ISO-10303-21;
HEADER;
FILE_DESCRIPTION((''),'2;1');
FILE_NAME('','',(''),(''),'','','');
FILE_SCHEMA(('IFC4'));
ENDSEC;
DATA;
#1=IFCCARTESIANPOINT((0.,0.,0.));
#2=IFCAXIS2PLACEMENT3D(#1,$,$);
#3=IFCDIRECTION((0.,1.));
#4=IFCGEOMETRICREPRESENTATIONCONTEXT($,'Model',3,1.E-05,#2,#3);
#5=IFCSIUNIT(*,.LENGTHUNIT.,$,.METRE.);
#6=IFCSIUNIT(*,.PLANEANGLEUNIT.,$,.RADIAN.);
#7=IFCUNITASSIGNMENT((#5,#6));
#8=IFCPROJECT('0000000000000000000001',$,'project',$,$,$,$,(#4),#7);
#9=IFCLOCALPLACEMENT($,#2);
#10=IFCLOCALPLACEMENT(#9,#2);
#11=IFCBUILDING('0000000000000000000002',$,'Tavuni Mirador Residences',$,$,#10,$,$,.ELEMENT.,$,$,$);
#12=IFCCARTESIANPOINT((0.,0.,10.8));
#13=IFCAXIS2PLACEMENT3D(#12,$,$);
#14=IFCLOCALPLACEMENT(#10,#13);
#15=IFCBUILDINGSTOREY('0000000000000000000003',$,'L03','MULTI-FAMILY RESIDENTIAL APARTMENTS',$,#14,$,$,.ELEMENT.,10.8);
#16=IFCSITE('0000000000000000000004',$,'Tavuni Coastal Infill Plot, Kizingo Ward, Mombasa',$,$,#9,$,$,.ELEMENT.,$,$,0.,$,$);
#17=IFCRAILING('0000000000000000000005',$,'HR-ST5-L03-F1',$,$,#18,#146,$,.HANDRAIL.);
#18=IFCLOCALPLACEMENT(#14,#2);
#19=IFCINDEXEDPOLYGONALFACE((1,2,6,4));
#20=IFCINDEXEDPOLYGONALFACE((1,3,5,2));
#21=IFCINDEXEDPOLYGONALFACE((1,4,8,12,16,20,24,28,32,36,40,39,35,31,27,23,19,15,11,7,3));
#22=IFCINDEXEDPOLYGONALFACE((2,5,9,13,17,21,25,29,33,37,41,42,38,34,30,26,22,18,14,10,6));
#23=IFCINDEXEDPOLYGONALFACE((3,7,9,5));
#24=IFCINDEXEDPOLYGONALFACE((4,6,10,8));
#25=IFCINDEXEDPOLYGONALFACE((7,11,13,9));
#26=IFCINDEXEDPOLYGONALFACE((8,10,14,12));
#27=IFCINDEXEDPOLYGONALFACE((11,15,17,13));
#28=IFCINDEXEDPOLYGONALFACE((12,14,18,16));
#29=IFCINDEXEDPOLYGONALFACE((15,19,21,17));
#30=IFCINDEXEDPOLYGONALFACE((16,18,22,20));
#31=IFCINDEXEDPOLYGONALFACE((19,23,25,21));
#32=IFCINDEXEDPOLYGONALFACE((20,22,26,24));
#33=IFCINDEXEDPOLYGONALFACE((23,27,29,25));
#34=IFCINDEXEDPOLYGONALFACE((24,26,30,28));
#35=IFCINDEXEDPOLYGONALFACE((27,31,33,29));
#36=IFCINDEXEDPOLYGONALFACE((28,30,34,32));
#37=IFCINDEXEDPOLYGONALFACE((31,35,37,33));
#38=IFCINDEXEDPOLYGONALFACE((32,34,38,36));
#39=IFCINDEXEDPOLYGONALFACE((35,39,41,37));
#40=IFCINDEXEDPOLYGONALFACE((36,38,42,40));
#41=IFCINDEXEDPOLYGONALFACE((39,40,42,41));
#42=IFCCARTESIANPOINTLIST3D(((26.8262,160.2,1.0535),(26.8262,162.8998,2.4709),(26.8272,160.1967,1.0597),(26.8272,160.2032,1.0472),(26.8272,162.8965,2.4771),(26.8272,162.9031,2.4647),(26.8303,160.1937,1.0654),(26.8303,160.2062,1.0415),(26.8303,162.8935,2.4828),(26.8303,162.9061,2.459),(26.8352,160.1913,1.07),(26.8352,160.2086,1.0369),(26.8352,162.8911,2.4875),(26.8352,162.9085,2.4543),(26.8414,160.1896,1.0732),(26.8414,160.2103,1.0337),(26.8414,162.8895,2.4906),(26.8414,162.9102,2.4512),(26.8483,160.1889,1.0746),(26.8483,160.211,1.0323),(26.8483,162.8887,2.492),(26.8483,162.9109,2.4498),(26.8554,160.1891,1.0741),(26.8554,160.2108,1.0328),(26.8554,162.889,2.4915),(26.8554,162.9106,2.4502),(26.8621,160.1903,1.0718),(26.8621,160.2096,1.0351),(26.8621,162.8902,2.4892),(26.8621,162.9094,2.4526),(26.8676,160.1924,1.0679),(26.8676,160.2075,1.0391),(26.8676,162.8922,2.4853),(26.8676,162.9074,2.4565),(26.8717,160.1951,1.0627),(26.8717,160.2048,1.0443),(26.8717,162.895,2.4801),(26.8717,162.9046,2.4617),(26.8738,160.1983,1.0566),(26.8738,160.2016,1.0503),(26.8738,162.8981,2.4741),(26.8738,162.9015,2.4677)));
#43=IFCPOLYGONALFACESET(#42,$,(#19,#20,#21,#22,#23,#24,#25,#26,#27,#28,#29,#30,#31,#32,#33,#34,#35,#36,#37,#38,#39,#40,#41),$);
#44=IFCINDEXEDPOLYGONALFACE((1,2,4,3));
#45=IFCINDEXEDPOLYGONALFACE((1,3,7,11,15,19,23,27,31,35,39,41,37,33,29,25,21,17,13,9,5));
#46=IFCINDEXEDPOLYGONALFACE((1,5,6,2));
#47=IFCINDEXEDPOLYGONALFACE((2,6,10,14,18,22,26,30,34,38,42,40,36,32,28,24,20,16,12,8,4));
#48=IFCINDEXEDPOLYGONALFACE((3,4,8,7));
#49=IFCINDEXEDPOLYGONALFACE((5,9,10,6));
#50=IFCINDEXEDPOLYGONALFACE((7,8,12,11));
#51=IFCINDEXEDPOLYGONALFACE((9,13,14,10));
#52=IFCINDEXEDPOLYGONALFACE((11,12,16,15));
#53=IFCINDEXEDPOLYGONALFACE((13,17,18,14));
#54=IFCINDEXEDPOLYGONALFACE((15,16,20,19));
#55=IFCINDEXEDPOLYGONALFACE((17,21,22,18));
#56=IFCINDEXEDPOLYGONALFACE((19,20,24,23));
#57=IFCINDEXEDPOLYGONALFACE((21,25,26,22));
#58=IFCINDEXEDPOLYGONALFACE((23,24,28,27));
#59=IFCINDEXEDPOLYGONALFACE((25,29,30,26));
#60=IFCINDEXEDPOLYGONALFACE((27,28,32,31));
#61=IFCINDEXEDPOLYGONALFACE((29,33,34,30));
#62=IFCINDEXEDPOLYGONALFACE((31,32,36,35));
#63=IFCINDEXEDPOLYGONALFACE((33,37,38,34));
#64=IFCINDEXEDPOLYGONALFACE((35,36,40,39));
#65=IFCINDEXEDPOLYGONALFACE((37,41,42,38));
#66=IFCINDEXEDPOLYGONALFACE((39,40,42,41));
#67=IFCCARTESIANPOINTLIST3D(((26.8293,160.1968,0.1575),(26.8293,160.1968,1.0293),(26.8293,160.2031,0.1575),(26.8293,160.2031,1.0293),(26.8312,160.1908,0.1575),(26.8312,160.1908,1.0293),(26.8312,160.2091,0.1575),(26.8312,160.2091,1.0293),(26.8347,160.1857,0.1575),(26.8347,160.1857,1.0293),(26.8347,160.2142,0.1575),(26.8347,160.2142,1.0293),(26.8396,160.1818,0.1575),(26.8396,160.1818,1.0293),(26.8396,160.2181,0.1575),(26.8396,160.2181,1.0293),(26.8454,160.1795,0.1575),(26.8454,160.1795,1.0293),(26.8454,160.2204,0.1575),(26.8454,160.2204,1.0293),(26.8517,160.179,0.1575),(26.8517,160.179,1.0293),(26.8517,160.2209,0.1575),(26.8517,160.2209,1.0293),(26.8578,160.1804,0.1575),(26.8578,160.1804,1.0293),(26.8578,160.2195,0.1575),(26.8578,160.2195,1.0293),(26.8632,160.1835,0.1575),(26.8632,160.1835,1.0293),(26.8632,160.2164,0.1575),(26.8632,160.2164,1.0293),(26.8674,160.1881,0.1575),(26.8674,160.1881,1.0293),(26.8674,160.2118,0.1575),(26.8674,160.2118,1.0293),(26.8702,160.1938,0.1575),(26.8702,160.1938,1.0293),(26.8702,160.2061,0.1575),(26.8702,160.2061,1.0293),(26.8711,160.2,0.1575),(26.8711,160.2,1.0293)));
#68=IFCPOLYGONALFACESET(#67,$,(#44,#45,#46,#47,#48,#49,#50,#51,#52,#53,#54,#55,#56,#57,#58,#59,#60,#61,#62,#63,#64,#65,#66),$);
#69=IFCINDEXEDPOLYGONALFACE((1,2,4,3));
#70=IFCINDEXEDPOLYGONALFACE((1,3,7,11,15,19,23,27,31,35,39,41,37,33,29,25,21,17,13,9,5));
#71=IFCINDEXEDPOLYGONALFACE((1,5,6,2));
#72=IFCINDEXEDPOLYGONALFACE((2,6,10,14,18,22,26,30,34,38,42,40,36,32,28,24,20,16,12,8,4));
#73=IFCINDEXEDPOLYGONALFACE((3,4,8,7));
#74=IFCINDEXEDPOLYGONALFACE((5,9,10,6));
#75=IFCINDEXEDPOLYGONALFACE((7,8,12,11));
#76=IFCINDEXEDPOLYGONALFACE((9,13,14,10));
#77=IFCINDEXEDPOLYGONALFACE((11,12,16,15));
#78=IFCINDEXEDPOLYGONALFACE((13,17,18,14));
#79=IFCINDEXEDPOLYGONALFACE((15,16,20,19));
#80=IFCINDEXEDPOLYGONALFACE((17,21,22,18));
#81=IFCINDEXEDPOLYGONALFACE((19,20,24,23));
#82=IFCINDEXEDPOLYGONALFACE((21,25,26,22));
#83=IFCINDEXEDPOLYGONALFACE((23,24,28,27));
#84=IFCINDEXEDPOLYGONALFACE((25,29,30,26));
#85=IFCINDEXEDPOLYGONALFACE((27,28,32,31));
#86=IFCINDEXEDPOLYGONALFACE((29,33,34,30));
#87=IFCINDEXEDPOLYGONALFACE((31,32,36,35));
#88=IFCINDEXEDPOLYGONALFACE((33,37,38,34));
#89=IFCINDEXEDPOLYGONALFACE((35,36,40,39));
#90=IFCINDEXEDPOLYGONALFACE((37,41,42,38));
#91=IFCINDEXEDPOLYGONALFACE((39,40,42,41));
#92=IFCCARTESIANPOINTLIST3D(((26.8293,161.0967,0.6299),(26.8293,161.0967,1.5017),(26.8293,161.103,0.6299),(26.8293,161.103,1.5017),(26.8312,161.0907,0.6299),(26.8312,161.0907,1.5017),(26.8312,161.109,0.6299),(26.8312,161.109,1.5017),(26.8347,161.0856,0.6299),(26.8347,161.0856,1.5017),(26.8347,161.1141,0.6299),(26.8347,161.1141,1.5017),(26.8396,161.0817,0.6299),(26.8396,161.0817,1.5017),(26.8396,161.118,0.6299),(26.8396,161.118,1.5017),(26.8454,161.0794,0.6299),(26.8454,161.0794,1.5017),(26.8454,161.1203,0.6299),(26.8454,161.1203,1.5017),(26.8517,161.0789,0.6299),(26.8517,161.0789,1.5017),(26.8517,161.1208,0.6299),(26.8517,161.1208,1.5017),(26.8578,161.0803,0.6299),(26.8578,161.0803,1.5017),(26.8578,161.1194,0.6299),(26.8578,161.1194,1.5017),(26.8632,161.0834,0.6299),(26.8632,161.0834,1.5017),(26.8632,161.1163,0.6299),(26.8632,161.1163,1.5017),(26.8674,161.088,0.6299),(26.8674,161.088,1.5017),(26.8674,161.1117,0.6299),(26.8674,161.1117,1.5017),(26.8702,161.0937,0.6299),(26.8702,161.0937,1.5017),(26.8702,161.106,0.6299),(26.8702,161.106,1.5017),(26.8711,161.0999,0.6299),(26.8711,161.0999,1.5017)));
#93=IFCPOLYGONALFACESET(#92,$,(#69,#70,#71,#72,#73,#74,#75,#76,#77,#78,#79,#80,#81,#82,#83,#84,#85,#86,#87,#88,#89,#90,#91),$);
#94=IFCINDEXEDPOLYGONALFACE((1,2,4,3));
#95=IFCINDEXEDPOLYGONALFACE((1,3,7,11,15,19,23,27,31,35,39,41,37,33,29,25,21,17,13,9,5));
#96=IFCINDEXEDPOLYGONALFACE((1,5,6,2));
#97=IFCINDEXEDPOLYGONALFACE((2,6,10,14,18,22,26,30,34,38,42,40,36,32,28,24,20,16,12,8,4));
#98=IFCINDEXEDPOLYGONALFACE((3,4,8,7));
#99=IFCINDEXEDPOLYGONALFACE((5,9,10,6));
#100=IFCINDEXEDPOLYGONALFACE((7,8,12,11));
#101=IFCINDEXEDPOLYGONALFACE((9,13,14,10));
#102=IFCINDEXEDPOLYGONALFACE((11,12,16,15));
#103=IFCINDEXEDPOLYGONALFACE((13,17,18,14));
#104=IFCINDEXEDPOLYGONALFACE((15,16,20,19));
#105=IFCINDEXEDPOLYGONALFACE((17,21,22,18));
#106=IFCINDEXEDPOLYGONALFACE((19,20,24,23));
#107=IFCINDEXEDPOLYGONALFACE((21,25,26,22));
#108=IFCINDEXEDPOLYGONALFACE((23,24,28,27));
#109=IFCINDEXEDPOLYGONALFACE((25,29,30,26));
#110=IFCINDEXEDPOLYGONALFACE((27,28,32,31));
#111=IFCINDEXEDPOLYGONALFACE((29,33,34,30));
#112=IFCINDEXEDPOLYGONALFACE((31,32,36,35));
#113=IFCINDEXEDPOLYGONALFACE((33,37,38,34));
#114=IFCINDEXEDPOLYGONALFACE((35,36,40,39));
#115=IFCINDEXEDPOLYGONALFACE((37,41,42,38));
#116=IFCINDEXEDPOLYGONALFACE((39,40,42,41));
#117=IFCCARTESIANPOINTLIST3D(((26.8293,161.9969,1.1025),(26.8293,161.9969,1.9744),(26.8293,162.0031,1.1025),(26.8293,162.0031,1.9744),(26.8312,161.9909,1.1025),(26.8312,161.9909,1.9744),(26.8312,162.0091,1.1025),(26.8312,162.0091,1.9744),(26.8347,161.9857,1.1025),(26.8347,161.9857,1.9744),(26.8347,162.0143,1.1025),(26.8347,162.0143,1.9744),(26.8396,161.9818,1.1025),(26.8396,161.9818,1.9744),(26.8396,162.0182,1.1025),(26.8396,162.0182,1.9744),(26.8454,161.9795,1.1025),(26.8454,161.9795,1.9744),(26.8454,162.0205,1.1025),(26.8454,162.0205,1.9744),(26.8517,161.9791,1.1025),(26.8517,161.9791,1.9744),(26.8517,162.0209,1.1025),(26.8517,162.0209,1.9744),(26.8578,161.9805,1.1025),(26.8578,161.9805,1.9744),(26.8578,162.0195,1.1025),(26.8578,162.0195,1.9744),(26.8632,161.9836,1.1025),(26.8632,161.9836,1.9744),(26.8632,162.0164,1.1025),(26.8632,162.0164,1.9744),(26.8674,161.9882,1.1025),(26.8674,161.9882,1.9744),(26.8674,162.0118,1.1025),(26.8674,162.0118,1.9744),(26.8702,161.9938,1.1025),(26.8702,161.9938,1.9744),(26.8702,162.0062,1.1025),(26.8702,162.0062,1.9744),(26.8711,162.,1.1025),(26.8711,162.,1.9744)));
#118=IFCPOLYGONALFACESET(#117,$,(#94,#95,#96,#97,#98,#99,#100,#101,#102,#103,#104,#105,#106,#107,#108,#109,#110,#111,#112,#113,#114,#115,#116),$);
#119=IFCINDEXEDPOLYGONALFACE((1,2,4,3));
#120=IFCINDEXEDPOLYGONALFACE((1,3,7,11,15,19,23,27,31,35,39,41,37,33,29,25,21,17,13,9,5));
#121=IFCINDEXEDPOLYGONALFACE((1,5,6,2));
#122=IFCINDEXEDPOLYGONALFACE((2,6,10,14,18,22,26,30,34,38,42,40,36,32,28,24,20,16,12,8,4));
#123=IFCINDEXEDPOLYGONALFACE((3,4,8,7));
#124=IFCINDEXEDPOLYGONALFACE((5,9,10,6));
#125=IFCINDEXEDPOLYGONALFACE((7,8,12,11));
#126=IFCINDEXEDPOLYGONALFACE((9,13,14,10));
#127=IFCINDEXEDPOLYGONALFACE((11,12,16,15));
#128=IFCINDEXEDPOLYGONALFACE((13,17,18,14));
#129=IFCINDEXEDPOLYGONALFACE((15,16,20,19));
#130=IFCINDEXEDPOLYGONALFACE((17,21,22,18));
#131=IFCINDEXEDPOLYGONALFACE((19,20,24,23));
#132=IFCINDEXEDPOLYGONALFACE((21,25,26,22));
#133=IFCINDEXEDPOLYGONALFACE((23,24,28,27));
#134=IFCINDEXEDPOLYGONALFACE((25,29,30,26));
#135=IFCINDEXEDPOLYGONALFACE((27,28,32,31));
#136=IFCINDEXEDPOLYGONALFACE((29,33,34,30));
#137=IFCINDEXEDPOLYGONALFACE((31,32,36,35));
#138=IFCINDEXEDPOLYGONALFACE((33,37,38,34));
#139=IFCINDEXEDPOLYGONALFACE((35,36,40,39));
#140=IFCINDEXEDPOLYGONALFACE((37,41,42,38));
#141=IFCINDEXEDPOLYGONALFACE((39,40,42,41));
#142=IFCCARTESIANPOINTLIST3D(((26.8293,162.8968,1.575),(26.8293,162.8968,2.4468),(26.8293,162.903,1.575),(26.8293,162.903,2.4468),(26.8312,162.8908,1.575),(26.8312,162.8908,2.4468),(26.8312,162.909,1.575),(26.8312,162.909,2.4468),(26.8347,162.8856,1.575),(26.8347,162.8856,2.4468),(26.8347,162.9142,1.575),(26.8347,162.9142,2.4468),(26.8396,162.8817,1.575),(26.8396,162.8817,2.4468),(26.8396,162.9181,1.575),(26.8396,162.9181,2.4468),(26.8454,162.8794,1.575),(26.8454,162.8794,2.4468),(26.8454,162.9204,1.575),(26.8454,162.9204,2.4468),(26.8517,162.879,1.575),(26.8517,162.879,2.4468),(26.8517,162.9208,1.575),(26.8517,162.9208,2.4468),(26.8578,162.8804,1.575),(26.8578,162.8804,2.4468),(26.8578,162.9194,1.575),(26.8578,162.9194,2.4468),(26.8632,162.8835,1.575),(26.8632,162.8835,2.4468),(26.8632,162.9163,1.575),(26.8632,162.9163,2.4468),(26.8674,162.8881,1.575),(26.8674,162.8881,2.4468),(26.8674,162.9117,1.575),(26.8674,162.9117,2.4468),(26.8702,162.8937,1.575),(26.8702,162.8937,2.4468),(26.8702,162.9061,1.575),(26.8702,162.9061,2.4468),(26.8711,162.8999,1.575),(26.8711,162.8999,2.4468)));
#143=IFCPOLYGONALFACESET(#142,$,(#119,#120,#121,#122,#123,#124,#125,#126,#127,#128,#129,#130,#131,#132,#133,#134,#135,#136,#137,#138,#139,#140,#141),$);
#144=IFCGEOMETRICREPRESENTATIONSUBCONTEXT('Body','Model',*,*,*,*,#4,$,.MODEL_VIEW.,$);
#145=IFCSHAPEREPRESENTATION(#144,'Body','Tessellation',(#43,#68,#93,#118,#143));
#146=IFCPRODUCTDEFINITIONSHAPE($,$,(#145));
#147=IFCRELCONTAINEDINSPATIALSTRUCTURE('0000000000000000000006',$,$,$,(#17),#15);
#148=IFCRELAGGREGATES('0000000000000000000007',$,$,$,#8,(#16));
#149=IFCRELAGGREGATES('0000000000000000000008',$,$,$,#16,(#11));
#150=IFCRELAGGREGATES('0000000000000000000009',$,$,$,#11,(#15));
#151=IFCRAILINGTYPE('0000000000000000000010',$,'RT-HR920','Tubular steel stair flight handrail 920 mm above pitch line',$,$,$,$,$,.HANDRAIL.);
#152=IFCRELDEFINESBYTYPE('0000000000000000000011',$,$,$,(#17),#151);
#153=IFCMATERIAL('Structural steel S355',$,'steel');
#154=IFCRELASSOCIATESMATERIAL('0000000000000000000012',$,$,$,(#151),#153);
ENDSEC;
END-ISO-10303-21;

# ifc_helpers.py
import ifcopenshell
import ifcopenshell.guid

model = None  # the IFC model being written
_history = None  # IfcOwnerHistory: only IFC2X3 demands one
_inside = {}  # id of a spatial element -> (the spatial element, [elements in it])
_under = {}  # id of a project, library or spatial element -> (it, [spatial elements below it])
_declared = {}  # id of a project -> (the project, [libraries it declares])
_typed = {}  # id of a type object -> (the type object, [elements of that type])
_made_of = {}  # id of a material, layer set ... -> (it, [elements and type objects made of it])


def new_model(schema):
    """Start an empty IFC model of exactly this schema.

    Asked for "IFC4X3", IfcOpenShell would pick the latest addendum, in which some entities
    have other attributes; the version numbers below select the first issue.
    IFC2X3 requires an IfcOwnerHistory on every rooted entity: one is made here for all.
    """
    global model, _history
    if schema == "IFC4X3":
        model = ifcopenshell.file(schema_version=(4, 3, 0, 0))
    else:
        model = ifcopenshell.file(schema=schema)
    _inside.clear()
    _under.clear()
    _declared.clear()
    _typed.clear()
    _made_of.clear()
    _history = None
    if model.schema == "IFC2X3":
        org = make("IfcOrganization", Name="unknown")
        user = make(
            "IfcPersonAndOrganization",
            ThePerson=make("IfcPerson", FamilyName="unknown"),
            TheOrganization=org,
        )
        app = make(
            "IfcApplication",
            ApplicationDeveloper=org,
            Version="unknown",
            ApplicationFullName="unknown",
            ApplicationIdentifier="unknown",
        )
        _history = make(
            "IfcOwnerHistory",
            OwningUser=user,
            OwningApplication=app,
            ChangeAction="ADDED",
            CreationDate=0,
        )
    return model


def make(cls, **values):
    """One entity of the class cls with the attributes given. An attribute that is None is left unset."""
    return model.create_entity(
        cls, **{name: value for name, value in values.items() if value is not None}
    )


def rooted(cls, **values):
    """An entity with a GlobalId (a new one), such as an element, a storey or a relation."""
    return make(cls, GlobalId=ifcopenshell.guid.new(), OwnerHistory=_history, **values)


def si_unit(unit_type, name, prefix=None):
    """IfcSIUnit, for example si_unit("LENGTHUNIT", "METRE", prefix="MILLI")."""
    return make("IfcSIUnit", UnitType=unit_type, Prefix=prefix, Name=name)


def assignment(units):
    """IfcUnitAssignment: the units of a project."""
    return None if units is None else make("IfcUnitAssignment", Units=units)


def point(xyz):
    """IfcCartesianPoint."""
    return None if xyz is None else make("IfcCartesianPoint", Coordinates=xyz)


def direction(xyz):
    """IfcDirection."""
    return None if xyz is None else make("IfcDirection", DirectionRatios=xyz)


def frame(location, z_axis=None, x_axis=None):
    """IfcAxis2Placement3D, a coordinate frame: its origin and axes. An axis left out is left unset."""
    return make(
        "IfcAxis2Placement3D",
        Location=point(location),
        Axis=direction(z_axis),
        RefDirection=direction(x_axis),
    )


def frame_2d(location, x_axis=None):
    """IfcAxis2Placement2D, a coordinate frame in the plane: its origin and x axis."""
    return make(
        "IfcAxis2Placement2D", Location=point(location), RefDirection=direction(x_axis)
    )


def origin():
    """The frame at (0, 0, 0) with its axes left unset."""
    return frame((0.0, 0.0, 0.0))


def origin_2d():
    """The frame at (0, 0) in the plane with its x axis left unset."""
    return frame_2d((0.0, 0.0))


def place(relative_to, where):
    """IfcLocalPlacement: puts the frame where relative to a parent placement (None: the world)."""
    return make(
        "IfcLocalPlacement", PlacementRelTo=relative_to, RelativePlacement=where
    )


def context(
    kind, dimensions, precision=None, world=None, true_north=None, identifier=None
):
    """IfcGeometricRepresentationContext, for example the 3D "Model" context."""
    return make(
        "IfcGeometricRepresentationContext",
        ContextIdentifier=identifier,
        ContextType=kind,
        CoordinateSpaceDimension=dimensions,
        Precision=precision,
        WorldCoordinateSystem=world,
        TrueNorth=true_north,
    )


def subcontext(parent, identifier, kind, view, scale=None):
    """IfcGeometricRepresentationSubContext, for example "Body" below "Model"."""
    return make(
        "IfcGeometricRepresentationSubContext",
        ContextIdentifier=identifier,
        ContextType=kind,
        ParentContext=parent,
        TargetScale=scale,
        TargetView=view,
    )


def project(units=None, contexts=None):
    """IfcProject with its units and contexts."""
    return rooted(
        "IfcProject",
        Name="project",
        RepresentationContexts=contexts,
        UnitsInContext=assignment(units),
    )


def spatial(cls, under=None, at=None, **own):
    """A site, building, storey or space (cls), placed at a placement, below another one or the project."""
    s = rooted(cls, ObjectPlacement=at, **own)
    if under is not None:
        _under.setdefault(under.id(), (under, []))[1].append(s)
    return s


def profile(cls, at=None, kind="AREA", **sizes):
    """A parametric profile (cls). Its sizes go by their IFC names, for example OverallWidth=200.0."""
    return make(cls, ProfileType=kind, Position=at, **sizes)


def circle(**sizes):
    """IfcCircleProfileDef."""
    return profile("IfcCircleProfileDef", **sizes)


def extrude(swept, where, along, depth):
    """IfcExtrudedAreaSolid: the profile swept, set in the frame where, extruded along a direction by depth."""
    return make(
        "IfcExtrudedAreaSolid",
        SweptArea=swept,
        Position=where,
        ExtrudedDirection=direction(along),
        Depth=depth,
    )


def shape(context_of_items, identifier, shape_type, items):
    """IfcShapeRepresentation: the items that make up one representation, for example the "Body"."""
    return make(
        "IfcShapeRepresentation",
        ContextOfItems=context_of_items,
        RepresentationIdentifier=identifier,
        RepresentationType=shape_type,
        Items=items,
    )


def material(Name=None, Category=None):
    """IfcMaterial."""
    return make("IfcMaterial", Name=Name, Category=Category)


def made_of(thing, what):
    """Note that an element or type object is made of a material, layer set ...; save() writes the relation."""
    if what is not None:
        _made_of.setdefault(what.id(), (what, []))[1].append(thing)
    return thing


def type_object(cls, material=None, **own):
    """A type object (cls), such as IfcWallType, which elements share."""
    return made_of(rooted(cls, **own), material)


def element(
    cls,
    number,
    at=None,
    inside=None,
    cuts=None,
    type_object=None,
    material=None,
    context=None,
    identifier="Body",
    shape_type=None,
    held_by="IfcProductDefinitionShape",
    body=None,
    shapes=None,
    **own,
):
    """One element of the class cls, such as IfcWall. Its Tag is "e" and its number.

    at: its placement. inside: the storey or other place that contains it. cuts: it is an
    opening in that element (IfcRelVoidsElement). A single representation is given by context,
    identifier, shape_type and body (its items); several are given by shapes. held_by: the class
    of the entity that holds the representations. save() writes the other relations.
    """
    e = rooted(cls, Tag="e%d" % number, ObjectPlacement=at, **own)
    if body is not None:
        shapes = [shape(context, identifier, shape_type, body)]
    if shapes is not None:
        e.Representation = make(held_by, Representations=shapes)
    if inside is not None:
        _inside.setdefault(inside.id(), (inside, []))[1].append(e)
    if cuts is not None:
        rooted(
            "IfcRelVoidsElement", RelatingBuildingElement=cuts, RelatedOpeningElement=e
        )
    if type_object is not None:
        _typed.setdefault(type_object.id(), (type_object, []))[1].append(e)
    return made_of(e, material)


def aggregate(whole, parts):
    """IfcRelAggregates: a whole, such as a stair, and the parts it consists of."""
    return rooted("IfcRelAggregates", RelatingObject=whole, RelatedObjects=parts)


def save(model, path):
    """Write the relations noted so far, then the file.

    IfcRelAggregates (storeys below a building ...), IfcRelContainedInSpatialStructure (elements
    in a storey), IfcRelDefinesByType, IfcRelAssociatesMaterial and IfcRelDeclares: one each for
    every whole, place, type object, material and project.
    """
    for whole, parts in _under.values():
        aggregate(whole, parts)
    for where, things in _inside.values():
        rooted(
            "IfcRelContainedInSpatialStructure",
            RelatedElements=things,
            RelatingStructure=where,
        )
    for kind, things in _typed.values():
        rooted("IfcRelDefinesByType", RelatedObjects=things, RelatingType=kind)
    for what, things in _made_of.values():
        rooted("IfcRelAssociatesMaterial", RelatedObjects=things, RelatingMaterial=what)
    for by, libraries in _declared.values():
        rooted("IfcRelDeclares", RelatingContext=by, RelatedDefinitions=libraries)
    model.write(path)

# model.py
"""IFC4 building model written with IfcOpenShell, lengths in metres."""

from ifc_helpers import new_model, si_unit, direction, frame, origin, origin_2d, place, context, subcontext, project, spatial, circle, extrude, material, type_object, element, save


model = new_model("IFC4")

# Units and contexts
model_context = context("Model", 3, precision=1e-05, world=origin(), true_north=direction((0.0, 1.0)))
body_context = subcontext(model_context, "Body", "Model", "MODEL_VIEW")
ifc_project = project(units=[si_unit("LENGTHUNIT", "METRE"), si_unit("PLANEANGLEUNIT", "RADIAN")], contexts=[model_context])

# Site, building, storey
site_placement = place(None, origin())
site = spatial("IfcSite", under=ifc_project, at=site_placement, Name="Tavuni Coastal Infill Plot, Kizingo Ward, Mombasa", CompositionType="ELEMENT", RefElevation=0.0)
building_placement = place(site_placement, origin())
building = spatial("IfcBuilding", under=site, at=building_placement, Name="Tavuni Mirador Residences", CompositionType="ELEMENT")
storey_placement = place(building_placement, frame((0.0, 0.0, 10.8)))
storey = spatial("IfcBuildingStorey", under=building, at=storey_placement, Name="L03", Description="MULTI-FAMILY RESIDENTIAL APARTMENTS", CompositionType="ELEMENT", Elevation=10.8)

# Shared definitions
ifc_material_1 = material(Name="Structural steel S355", Category="steel")

# Railing
railing_type_1 = type_object("IfcRailingType", Name="RT-HR920", Description="Tubular steel stair flight handrail 920 mm above pitch line", PredefinedType="HANDRAIL", material=ifc_material_1)
railing_1_placement = place(storey_placement, frame((26.8501, 160.2, 0.1575)))
element("IfcRailing", 1, at=railing_1_placement, inside=storey, type_object=railing_type_1, Name="HR-ST5-L03-F1", PredefinedType="HANDRAIL", context=body_context, shape_type="SweptSolid", body=[
    extrude(circle(Radius=0.0239, at=origin_2d()), frame((0.0, 0.0, 0.896), z_axis=(0.0, 0.885397, 0.464835), x_axis=(-1.0, 0.0, 0.0)), (0.0, 0.0, 1.0), 3.0493),
    extrude(circle(Radius=0.021, at=origin_2d()), origin(), (0.0, 0.0, 1.0), 0.8718),
    extrude(circle(Radius=0.021, at=origin_2d()), frame((0.0, 0.8999, 0.4724)), (0.0, 0.0, 1.0), 0.8718),
    extrude(circle(Radius=0.021, at=origin_2d()), frame((0.0, 1.8, 0.9451)), (0.0, 0.0, 1.0), 0.8718),
    extrude(circle(Radius=0.021, at=origin_2d()), frame((0.0, 2.7, 1.4175)), (0.0, 0.0, 1.0), 0.8718),
])

save(model, "model.ifc")
